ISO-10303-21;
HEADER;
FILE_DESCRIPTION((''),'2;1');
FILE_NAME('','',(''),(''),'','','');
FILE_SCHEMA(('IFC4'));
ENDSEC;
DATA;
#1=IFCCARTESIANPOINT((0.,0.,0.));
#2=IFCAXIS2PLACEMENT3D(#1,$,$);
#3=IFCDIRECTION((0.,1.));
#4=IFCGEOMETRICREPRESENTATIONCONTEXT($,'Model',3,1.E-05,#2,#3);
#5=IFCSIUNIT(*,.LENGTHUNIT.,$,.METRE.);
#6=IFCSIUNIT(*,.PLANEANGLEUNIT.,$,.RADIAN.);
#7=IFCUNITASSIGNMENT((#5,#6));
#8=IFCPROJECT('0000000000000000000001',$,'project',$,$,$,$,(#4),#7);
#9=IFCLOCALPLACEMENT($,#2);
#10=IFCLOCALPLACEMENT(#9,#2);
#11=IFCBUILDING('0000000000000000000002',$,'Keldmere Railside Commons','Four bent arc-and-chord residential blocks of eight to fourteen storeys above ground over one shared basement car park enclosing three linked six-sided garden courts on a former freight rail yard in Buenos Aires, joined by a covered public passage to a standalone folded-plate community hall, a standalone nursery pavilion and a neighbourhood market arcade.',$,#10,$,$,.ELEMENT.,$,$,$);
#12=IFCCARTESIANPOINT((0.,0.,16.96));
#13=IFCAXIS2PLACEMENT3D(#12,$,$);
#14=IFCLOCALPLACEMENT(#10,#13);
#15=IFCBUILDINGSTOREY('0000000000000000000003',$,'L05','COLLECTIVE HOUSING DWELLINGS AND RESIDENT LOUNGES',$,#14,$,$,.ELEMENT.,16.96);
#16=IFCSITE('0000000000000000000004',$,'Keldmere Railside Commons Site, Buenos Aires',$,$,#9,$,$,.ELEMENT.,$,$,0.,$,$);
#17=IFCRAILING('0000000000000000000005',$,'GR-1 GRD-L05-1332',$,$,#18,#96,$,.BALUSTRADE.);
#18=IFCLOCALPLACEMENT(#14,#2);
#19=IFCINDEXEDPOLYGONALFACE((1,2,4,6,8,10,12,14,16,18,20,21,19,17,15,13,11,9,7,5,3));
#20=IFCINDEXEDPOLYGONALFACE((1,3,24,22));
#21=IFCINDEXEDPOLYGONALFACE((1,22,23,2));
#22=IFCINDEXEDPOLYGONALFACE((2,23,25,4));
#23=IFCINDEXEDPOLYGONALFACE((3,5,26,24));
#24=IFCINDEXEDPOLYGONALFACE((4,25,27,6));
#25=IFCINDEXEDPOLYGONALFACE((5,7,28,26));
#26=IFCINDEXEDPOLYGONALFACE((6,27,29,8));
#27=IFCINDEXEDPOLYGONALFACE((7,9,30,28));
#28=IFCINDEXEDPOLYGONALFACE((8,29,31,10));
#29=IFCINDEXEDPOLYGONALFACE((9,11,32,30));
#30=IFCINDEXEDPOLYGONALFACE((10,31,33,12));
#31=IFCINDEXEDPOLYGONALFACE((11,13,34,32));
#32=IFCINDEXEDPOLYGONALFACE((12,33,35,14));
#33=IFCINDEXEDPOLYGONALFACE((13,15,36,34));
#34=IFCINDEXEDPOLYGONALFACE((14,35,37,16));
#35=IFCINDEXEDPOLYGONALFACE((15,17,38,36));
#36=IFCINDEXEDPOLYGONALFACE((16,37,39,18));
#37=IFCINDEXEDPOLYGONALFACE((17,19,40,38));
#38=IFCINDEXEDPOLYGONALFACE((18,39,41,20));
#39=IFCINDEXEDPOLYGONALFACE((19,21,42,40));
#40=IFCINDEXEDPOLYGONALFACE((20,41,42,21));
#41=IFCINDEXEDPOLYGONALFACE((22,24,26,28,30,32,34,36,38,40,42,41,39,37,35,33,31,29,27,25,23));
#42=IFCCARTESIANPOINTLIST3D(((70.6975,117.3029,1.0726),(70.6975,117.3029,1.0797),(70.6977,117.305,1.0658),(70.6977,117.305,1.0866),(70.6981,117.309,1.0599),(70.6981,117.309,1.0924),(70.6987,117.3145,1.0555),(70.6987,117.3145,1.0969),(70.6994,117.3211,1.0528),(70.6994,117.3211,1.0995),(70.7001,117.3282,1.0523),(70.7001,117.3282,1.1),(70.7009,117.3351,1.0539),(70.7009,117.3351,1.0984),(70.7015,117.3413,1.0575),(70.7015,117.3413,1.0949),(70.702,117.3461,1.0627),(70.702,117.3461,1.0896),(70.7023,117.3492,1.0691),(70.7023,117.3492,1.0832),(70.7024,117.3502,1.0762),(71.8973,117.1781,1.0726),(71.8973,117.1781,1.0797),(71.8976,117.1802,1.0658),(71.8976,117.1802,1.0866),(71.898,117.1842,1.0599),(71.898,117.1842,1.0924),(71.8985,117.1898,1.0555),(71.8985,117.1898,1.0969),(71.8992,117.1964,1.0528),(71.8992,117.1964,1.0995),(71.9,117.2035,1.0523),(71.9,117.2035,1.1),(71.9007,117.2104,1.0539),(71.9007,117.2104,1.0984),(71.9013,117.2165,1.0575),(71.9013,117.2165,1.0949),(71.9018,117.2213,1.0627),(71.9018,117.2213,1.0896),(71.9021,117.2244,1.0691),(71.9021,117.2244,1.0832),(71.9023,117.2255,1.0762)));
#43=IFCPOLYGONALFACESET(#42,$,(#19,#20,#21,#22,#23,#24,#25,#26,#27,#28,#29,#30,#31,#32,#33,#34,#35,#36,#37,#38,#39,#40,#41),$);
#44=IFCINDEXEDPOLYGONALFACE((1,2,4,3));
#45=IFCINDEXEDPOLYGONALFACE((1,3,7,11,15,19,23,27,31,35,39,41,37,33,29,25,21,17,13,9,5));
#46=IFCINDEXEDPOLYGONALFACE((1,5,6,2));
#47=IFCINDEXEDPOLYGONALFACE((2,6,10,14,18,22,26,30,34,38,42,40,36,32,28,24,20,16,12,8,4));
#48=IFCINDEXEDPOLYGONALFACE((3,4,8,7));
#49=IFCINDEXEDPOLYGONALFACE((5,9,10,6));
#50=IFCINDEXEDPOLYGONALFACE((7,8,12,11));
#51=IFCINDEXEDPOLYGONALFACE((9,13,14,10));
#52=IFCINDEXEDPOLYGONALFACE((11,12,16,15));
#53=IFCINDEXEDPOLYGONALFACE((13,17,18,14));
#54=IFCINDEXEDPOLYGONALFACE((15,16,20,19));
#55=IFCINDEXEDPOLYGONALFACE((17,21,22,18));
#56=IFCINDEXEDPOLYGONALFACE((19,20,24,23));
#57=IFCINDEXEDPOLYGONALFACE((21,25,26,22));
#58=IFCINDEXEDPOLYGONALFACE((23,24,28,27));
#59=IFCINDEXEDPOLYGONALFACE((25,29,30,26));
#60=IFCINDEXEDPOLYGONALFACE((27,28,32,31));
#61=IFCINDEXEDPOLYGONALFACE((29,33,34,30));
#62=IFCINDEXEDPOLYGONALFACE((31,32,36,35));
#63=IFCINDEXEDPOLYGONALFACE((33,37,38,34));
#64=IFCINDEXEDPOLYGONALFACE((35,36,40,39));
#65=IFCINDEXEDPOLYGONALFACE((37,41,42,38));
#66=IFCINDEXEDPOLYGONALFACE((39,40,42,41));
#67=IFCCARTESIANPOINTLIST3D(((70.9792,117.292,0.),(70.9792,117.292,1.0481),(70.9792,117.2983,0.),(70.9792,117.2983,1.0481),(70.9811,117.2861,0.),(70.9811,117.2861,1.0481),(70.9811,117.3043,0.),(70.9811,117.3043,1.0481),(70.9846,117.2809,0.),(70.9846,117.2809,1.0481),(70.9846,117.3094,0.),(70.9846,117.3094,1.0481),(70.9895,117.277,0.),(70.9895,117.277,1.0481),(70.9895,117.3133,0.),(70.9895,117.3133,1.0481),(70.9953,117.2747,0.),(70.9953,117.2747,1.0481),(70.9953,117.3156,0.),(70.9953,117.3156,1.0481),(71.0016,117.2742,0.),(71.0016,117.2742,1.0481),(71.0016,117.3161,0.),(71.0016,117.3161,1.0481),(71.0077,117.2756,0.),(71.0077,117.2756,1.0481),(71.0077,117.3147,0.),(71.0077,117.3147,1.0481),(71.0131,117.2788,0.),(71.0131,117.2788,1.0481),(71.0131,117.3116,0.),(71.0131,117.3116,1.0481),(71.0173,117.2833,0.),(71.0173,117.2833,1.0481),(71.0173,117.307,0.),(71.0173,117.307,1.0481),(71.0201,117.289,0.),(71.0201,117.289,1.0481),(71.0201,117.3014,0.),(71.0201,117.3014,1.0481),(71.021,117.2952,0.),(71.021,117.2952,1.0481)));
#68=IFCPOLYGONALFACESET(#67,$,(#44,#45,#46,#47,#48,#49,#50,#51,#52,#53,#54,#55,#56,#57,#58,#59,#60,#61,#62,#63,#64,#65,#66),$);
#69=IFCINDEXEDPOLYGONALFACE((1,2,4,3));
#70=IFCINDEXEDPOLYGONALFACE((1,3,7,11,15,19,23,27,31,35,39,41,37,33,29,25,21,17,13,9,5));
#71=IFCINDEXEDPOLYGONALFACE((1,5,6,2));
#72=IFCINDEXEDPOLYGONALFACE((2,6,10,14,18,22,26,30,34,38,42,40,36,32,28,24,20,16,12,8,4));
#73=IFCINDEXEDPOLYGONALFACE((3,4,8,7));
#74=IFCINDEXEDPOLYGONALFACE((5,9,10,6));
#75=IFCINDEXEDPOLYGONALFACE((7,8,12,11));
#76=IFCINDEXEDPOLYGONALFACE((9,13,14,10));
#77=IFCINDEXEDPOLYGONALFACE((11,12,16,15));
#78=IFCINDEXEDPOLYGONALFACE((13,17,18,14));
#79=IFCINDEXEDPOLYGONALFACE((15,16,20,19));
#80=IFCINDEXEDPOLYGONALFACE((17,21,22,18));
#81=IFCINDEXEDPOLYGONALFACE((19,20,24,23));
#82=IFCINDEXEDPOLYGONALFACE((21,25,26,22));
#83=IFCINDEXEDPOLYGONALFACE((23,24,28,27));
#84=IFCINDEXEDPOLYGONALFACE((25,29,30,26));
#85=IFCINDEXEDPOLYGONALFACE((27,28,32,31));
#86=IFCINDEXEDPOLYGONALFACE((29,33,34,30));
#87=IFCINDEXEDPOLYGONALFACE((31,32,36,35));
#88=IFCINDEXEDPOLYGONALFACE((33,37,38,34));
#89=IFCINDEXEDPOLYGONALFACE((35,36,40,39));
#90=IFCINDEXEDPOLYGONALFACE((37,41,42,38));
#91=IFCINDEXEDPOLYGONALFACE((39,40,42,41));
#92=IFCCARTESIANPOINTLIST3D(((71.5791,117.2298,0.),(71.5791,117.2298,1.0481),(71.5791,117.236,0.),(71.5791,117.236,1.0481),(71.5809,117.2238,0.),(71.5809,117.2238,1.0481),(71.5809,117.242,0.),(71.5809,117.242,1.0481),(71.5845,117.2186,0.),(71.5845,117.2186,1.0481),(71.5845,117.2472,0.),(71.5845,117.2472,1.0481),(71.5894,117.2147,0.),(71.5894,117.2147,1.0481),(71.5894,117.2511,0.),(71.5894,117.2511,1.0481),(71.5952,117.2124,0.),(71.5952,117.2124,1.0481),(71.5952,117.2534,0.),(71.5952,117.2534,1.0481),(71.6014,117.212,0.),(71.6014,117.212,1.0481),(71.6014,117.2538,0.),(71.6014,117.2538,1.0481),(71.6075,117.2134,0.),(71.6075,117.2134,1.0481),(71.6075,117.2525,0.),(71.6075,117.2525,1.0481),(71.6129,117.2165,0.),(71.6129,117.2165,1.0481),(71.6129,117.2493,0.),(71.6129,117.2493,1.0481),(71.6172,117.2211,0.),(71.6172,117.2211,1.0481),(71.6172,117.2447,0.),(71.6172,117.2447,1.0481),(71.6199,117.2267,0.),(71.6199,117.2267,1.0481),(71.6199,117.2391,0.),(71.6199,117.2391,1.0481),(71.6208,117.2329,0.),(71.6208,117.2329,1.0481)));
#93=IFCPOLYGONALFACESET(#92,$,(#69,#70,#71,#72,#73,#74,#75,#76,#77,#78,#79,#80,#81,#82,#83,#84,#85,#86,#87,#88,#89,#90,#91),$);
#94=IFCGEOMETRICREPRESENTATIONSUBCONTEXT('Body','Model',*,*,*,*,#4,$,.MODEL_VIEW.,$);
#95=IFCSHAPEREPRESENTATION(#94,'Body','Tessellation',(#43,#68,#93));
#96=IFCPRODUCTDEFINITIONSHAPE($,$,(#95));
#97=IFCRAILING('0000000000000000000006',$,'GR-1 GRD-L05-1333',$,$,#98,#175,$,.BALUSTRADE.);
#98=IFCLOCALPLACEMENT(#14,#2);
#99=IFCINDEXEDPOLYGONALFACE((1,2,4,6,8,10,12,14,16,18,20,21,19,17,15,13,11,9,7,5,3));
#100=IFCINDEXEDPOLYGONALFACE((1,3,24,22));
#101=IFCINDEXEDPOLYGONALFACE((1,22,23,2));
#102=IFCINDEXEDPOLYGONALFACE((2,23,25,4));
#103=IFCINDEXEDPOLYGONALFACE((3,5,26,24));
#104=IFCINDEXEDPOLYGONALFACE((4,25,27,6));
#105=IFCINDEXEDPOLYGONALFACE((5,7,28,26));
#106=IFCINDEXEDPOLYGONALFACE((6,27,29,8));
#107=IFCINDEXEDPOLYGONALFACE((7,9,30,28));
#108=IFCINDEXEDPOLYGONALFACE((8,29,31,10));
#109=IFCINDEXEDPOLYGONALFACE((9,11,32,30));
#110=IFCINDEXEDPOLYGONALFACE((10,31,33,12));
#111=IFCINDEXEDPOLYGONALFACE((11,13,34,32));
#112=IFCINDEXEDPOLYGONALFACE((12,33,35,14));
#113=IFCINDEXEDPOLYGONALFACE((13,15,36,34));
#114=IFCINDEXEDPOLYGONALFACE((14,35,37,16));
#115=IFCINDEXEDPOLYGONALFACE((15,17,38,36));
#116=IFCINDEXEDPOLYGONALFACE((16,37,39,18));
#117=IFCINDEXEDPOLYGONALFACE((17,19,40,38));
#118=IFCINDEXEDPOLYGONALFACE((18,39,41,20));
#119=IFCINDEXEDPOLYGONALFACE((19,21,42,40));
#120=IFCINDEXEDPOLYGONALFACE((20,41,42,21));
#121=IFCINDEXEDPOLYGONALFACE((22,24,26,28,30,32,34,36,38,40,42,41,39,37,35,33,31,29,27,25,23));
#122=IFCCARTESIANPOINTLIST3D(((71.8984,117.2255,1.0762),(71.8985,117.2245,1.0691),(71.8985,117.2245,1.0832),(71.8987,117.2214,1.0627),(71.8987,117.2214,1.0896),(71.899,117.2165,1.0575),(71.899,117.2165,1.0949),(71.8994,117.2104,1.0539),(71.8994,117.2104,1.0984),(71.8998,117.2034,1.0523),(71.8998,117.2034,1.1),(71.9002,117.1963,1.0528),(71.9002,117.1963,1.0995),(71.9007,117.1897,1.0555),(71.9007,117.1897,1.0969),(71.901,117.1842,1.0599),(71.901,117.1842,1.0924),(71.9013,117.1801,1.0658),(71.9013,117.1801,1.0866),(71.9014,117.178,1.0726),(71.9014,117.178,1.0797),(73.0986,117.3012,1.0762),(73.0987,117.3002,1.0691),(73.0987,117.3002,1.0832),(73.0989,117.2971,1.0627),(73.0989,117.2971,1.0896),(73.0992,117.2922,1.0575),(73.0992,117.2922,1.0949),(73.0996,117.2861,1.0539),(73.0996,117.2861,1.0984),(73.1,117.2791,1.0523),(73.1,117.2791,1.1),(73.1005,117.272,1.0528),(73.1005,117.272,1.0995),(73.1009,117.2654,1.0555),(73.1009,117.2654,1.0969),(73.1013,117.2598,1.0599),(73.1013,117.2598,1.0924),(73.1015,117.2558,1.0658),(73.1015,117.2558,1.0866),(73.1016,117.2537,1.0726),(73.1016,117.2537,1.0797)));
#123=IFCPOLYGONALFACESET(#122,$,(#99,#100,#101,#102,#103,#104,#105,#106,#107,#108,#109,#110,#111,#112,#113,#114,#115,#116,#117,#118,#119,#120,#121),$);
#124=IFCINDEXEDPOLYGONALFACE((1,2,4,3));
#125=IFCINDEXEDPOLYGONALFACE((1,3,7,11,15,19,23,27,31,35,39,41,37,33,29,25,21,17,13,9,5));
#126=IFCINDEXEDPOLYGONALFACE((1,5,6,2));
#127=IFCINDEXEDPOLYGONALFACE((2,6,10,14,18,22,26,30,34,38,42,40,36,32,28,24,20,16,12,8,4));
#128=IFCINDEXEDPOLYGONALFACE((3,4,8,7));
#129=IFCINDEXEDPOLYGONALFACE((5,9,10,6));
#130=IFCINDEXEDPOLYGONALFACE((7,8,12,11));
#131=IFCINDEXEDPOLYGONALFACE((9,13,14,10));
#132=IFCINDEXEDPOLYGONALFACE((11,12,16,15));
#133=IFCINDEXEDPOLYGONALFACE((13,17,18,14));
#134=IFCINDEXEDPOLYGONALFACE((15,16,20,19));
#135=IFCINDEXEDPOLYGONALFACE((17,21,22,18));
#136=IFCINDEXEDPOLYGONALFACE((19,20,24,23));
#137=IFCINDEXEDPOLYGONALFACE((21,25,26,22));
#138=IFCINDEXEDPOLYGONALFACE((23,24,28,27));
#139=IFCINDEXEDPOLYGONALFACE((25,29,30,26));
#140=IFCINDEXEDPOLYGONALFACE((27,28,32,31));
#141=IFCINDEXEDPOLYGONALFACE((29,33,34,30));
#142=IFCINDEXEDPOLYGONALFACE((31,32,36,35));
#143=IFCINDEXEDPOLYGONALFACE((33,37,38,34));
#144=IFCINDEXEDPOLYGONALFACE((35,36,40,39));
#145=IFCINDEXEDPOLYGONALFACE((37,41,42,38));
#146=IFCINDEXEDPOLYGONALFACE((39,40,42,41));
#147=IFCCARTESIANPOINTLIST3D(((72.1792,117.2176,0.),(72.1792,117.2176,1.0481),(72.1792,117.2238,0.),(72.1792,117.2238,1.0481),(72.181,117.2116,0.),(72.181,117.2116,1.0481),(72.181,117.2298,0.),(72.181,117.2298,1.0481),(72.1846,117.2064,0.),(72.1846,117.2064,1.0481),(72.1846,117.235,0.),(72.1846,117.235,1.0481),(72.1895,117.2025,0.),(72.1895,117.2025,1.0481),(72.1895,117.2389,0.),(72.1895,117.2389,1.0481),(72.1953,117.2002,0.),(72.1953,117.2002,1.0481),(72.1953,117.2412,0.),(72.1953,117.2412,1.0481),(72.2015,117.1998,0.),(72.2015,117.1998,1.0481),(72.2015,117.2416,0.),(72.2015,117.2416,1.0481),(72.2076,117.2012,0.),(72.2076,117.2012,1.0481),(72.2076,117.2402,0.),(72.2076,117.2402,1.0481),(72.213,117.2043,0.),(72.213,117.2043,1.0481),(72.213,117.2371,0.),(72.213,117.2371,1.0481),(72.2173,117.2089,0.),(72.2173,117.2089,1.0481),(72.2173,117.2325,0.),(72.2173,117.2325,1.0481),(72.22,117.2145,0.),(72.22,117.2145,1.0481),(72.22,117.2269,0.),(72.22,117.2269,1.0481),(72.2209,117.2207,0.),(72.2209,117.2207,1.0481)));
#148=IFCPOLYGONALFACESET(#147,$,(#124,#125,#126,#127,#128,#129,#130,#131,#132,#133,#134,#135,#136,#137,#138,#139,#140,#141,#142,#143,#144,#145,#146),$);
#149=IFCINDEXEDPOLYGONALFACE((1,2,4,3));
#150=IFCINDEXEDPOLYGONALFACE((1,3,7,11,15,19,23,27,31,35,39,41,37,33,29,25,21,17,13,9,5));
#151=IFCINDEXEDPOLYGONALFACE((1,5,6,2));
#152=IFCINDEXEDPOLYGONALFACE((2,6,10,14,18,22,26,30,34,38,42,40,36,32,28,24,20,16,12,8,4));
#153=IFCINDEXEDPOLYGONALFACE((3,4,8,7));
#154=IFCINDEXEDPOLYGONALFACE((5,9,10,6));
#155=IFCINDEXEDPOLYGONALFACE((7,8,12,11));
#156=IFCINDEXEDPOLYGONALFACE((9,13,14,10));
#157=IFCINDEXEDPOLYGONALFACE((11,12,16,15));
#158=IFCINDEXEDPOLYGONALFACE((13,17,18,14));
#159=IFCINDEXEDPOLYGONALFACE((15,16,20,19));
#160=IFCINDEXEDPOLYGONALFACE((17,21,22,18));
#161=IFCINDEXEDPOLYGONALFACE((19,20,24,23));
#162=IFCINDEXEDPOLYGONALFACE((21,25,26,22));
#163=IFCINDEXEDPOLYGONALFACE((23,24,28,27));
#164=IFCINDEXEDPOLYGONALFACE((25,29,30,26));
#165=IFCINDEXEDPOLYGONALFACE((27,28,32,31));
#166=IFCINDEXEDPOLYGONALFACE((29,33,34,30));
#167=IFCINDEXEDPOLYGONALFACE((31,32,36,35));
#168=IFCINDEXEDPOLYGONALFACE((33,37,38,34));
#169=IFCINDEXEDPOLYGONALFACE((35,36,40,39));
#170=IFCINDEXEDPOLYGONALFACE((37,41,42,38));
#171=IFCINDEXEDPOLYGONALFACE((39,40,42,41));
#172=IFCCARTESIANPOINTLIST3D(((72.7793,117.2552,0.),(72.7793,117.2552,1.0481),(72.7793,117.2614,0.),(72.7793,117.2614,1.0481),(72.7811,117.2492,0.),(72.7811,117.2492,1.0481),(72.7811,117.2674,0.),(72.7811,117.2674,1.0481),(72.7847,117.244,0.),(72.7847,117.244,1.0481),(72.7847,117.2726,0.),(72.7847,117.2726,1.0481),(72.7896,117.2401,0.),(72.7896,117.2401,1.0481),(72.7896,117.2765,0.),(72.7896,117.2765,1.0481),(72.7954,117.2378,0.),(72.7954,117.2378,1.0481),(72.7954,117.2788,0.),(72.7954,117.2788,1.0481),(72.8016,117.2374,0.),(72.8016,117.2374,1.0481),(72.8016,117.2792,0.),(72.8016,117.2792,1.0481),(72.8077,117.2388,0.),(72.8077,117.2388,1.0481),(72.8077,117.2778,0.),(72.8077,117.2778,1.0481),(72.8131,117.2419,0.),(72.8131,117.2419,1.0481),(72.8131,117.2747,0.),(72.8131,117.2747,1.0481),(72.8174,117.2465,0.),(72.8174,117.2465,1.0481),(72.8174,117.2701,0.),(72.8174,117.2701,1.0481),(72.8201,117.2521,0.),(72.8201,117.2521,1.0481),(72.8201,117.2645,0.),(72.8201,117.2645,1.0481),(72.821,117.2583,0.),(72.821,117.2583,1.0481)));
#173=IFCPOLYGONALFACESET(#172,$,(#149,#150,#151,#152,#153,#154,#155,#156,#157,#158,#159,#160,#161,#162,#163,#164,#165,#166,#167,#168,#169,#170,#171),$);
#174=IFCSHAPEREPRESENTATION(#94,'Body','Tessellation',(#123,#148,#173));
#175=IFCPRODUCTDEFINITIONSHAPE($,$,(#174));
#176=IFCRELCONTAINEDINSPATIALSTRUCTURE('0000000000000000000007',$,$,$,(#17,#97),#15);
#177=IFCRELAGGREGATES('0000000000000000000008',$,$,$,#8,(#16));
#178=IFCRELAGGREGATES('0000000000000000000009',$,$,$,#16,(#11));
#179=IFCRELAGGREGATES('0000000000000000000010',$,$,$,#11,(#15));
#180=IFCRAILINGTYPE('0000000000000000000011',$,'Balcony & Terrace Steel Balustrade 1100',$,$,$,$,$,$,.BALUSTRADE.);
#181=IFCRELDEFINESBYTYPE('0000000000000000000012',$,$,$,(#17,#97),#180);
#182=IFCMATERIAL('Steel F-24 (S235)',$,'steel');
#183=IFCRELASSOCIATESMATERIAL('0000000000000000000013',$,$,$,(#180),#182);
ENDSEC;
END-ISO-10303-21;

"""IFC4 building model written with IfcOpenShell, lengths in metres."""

from ifc_helpers import new_model, si_unit, direction, frame, origin, origin_2d, place, context, subcontext, project, spatial, circle, extrude, material, type_object, element, save


model = new_model("IFC4")

# Units and contexts
model_context = context("Model", 3, precision=1e-05, world=origin(), true_north=direction((0.0, 1.0)))
body_context = subcontext(model_context, "Body", "Model", "MODEL_VIEW")
ifc_project = project(units=[si_unit("LENGTHUNIT", "METRE"), si_unit("PLANEANGLEUNIT", "RADIAN")], contexts=[model_context])

# Site, building, storey
site_placement = place(None, origin())
site = spatial("IfcSite", under=ifc_project, at=site_placement, Name="Keldmere Railside Commons Site, Buenos Aires", CompositionType="ELEMENT", RefElevation=0.0)
building_placement = place(site_placement, origin())
building = spatial("IfcBuilding", under=site, at=building_placement, Name="Keldmere Railside Commons", Description="Four bent arc-and-chord residential blocks of eight to fourteen storeys above ground over one shared basement car park enclosing three linked six-sided garden courts on a former freight rail yard in Buenos Aires, joined by a covered public passage to a standalone folded-plate community hall, a standalone nursery pavilion and a neighbourhood market arcade.", CompositionType="ELEMENT")
storey_placement = place(building_placement, frame((0.0, 0.0, 16.96)))
storey = spatial("IfcBuildingStorey", under=building, at=storey_placement, Name="L05", Description="COLLECTIVE HOUSING DWELLINGS AND RESIDENT LOUNGES", CompositionType="ELEMENT", Elevation=16.96)

# Railings
ifc_material_1 = material(Name="Steel F-24 (S235)", Category="steel")
railing_type_1 = type_object("IfcRailingType", Name="Balcony & Terrace Steel Balustrade 1100", PredefinedType="BALUSTRADE", material=ifc_material_1)
railing_1_placement = place(storey_placement, frame((70.7, 117.3264, 0.0)))
element("IfcRailing", 1, at=railing_1_placement, inside=storey, type_object=railing_type_1, Name="GR-1 GRD-L05-1332", PredefinedType="BALUSTRADE", context=body_context, shape_type="SweptSolid", body=[
    extrude(circle(Radius=0.0239, at=origin_2d()), frame((0.0, 0.0, 1.0762), z_axis=(0.994639, -0.10341, 0.0), x_axis=(0.10341, 0.994639, 0.0)), (0.0, 0.0, 1.0), 1.2063),
    extrude(circle(Radius=0.021, at=origin_2d()), frame((0.3, -0.0312, 0.0)), (0.0, 0.0, 1.0), 1.0481),
    extrude(circle(Radius=0.021, at=origin_2d()), frame((0.8999, -0.0935, 0.0)), (0.0, 0.0, 1.0), 1.0481),
])
railing_2_placement = place(storey_placement, frame((71.8999, 117.2017, 0.0)))
element("IfcRailing", 2, at=railing_2_placement, inside=storey, type_object=railing_type_1, Name="GR-1 GRD-L05-1333", PredefinedType="BALUSTRADE", context=body_context, shape_type="SweptSolid", body=[
    extrude(circle(Radius=0.0239, at=origin_2d()), frame((0.0, 0.0, 1.0762), z_axis=(0.998018, 0.062934, 0.0), x_axis=(-0.062934, 0.998018, 0.0)), (0.0, 0.0, 1.0), 1.2026),
    extrude(circle(Radius=0.021, at=origin_2d()), frame((0.3, 0.019, 0.0)), (0.0, 0.0, 1.0), 1.0481),
    extrude(circle(Radius=0.021, at=origin_2d()), frame((0.9001, 0.0566, 0.0)), (0.0, 0.0, 1.0), 1.0481),
])

save(model, "model.ifc")
